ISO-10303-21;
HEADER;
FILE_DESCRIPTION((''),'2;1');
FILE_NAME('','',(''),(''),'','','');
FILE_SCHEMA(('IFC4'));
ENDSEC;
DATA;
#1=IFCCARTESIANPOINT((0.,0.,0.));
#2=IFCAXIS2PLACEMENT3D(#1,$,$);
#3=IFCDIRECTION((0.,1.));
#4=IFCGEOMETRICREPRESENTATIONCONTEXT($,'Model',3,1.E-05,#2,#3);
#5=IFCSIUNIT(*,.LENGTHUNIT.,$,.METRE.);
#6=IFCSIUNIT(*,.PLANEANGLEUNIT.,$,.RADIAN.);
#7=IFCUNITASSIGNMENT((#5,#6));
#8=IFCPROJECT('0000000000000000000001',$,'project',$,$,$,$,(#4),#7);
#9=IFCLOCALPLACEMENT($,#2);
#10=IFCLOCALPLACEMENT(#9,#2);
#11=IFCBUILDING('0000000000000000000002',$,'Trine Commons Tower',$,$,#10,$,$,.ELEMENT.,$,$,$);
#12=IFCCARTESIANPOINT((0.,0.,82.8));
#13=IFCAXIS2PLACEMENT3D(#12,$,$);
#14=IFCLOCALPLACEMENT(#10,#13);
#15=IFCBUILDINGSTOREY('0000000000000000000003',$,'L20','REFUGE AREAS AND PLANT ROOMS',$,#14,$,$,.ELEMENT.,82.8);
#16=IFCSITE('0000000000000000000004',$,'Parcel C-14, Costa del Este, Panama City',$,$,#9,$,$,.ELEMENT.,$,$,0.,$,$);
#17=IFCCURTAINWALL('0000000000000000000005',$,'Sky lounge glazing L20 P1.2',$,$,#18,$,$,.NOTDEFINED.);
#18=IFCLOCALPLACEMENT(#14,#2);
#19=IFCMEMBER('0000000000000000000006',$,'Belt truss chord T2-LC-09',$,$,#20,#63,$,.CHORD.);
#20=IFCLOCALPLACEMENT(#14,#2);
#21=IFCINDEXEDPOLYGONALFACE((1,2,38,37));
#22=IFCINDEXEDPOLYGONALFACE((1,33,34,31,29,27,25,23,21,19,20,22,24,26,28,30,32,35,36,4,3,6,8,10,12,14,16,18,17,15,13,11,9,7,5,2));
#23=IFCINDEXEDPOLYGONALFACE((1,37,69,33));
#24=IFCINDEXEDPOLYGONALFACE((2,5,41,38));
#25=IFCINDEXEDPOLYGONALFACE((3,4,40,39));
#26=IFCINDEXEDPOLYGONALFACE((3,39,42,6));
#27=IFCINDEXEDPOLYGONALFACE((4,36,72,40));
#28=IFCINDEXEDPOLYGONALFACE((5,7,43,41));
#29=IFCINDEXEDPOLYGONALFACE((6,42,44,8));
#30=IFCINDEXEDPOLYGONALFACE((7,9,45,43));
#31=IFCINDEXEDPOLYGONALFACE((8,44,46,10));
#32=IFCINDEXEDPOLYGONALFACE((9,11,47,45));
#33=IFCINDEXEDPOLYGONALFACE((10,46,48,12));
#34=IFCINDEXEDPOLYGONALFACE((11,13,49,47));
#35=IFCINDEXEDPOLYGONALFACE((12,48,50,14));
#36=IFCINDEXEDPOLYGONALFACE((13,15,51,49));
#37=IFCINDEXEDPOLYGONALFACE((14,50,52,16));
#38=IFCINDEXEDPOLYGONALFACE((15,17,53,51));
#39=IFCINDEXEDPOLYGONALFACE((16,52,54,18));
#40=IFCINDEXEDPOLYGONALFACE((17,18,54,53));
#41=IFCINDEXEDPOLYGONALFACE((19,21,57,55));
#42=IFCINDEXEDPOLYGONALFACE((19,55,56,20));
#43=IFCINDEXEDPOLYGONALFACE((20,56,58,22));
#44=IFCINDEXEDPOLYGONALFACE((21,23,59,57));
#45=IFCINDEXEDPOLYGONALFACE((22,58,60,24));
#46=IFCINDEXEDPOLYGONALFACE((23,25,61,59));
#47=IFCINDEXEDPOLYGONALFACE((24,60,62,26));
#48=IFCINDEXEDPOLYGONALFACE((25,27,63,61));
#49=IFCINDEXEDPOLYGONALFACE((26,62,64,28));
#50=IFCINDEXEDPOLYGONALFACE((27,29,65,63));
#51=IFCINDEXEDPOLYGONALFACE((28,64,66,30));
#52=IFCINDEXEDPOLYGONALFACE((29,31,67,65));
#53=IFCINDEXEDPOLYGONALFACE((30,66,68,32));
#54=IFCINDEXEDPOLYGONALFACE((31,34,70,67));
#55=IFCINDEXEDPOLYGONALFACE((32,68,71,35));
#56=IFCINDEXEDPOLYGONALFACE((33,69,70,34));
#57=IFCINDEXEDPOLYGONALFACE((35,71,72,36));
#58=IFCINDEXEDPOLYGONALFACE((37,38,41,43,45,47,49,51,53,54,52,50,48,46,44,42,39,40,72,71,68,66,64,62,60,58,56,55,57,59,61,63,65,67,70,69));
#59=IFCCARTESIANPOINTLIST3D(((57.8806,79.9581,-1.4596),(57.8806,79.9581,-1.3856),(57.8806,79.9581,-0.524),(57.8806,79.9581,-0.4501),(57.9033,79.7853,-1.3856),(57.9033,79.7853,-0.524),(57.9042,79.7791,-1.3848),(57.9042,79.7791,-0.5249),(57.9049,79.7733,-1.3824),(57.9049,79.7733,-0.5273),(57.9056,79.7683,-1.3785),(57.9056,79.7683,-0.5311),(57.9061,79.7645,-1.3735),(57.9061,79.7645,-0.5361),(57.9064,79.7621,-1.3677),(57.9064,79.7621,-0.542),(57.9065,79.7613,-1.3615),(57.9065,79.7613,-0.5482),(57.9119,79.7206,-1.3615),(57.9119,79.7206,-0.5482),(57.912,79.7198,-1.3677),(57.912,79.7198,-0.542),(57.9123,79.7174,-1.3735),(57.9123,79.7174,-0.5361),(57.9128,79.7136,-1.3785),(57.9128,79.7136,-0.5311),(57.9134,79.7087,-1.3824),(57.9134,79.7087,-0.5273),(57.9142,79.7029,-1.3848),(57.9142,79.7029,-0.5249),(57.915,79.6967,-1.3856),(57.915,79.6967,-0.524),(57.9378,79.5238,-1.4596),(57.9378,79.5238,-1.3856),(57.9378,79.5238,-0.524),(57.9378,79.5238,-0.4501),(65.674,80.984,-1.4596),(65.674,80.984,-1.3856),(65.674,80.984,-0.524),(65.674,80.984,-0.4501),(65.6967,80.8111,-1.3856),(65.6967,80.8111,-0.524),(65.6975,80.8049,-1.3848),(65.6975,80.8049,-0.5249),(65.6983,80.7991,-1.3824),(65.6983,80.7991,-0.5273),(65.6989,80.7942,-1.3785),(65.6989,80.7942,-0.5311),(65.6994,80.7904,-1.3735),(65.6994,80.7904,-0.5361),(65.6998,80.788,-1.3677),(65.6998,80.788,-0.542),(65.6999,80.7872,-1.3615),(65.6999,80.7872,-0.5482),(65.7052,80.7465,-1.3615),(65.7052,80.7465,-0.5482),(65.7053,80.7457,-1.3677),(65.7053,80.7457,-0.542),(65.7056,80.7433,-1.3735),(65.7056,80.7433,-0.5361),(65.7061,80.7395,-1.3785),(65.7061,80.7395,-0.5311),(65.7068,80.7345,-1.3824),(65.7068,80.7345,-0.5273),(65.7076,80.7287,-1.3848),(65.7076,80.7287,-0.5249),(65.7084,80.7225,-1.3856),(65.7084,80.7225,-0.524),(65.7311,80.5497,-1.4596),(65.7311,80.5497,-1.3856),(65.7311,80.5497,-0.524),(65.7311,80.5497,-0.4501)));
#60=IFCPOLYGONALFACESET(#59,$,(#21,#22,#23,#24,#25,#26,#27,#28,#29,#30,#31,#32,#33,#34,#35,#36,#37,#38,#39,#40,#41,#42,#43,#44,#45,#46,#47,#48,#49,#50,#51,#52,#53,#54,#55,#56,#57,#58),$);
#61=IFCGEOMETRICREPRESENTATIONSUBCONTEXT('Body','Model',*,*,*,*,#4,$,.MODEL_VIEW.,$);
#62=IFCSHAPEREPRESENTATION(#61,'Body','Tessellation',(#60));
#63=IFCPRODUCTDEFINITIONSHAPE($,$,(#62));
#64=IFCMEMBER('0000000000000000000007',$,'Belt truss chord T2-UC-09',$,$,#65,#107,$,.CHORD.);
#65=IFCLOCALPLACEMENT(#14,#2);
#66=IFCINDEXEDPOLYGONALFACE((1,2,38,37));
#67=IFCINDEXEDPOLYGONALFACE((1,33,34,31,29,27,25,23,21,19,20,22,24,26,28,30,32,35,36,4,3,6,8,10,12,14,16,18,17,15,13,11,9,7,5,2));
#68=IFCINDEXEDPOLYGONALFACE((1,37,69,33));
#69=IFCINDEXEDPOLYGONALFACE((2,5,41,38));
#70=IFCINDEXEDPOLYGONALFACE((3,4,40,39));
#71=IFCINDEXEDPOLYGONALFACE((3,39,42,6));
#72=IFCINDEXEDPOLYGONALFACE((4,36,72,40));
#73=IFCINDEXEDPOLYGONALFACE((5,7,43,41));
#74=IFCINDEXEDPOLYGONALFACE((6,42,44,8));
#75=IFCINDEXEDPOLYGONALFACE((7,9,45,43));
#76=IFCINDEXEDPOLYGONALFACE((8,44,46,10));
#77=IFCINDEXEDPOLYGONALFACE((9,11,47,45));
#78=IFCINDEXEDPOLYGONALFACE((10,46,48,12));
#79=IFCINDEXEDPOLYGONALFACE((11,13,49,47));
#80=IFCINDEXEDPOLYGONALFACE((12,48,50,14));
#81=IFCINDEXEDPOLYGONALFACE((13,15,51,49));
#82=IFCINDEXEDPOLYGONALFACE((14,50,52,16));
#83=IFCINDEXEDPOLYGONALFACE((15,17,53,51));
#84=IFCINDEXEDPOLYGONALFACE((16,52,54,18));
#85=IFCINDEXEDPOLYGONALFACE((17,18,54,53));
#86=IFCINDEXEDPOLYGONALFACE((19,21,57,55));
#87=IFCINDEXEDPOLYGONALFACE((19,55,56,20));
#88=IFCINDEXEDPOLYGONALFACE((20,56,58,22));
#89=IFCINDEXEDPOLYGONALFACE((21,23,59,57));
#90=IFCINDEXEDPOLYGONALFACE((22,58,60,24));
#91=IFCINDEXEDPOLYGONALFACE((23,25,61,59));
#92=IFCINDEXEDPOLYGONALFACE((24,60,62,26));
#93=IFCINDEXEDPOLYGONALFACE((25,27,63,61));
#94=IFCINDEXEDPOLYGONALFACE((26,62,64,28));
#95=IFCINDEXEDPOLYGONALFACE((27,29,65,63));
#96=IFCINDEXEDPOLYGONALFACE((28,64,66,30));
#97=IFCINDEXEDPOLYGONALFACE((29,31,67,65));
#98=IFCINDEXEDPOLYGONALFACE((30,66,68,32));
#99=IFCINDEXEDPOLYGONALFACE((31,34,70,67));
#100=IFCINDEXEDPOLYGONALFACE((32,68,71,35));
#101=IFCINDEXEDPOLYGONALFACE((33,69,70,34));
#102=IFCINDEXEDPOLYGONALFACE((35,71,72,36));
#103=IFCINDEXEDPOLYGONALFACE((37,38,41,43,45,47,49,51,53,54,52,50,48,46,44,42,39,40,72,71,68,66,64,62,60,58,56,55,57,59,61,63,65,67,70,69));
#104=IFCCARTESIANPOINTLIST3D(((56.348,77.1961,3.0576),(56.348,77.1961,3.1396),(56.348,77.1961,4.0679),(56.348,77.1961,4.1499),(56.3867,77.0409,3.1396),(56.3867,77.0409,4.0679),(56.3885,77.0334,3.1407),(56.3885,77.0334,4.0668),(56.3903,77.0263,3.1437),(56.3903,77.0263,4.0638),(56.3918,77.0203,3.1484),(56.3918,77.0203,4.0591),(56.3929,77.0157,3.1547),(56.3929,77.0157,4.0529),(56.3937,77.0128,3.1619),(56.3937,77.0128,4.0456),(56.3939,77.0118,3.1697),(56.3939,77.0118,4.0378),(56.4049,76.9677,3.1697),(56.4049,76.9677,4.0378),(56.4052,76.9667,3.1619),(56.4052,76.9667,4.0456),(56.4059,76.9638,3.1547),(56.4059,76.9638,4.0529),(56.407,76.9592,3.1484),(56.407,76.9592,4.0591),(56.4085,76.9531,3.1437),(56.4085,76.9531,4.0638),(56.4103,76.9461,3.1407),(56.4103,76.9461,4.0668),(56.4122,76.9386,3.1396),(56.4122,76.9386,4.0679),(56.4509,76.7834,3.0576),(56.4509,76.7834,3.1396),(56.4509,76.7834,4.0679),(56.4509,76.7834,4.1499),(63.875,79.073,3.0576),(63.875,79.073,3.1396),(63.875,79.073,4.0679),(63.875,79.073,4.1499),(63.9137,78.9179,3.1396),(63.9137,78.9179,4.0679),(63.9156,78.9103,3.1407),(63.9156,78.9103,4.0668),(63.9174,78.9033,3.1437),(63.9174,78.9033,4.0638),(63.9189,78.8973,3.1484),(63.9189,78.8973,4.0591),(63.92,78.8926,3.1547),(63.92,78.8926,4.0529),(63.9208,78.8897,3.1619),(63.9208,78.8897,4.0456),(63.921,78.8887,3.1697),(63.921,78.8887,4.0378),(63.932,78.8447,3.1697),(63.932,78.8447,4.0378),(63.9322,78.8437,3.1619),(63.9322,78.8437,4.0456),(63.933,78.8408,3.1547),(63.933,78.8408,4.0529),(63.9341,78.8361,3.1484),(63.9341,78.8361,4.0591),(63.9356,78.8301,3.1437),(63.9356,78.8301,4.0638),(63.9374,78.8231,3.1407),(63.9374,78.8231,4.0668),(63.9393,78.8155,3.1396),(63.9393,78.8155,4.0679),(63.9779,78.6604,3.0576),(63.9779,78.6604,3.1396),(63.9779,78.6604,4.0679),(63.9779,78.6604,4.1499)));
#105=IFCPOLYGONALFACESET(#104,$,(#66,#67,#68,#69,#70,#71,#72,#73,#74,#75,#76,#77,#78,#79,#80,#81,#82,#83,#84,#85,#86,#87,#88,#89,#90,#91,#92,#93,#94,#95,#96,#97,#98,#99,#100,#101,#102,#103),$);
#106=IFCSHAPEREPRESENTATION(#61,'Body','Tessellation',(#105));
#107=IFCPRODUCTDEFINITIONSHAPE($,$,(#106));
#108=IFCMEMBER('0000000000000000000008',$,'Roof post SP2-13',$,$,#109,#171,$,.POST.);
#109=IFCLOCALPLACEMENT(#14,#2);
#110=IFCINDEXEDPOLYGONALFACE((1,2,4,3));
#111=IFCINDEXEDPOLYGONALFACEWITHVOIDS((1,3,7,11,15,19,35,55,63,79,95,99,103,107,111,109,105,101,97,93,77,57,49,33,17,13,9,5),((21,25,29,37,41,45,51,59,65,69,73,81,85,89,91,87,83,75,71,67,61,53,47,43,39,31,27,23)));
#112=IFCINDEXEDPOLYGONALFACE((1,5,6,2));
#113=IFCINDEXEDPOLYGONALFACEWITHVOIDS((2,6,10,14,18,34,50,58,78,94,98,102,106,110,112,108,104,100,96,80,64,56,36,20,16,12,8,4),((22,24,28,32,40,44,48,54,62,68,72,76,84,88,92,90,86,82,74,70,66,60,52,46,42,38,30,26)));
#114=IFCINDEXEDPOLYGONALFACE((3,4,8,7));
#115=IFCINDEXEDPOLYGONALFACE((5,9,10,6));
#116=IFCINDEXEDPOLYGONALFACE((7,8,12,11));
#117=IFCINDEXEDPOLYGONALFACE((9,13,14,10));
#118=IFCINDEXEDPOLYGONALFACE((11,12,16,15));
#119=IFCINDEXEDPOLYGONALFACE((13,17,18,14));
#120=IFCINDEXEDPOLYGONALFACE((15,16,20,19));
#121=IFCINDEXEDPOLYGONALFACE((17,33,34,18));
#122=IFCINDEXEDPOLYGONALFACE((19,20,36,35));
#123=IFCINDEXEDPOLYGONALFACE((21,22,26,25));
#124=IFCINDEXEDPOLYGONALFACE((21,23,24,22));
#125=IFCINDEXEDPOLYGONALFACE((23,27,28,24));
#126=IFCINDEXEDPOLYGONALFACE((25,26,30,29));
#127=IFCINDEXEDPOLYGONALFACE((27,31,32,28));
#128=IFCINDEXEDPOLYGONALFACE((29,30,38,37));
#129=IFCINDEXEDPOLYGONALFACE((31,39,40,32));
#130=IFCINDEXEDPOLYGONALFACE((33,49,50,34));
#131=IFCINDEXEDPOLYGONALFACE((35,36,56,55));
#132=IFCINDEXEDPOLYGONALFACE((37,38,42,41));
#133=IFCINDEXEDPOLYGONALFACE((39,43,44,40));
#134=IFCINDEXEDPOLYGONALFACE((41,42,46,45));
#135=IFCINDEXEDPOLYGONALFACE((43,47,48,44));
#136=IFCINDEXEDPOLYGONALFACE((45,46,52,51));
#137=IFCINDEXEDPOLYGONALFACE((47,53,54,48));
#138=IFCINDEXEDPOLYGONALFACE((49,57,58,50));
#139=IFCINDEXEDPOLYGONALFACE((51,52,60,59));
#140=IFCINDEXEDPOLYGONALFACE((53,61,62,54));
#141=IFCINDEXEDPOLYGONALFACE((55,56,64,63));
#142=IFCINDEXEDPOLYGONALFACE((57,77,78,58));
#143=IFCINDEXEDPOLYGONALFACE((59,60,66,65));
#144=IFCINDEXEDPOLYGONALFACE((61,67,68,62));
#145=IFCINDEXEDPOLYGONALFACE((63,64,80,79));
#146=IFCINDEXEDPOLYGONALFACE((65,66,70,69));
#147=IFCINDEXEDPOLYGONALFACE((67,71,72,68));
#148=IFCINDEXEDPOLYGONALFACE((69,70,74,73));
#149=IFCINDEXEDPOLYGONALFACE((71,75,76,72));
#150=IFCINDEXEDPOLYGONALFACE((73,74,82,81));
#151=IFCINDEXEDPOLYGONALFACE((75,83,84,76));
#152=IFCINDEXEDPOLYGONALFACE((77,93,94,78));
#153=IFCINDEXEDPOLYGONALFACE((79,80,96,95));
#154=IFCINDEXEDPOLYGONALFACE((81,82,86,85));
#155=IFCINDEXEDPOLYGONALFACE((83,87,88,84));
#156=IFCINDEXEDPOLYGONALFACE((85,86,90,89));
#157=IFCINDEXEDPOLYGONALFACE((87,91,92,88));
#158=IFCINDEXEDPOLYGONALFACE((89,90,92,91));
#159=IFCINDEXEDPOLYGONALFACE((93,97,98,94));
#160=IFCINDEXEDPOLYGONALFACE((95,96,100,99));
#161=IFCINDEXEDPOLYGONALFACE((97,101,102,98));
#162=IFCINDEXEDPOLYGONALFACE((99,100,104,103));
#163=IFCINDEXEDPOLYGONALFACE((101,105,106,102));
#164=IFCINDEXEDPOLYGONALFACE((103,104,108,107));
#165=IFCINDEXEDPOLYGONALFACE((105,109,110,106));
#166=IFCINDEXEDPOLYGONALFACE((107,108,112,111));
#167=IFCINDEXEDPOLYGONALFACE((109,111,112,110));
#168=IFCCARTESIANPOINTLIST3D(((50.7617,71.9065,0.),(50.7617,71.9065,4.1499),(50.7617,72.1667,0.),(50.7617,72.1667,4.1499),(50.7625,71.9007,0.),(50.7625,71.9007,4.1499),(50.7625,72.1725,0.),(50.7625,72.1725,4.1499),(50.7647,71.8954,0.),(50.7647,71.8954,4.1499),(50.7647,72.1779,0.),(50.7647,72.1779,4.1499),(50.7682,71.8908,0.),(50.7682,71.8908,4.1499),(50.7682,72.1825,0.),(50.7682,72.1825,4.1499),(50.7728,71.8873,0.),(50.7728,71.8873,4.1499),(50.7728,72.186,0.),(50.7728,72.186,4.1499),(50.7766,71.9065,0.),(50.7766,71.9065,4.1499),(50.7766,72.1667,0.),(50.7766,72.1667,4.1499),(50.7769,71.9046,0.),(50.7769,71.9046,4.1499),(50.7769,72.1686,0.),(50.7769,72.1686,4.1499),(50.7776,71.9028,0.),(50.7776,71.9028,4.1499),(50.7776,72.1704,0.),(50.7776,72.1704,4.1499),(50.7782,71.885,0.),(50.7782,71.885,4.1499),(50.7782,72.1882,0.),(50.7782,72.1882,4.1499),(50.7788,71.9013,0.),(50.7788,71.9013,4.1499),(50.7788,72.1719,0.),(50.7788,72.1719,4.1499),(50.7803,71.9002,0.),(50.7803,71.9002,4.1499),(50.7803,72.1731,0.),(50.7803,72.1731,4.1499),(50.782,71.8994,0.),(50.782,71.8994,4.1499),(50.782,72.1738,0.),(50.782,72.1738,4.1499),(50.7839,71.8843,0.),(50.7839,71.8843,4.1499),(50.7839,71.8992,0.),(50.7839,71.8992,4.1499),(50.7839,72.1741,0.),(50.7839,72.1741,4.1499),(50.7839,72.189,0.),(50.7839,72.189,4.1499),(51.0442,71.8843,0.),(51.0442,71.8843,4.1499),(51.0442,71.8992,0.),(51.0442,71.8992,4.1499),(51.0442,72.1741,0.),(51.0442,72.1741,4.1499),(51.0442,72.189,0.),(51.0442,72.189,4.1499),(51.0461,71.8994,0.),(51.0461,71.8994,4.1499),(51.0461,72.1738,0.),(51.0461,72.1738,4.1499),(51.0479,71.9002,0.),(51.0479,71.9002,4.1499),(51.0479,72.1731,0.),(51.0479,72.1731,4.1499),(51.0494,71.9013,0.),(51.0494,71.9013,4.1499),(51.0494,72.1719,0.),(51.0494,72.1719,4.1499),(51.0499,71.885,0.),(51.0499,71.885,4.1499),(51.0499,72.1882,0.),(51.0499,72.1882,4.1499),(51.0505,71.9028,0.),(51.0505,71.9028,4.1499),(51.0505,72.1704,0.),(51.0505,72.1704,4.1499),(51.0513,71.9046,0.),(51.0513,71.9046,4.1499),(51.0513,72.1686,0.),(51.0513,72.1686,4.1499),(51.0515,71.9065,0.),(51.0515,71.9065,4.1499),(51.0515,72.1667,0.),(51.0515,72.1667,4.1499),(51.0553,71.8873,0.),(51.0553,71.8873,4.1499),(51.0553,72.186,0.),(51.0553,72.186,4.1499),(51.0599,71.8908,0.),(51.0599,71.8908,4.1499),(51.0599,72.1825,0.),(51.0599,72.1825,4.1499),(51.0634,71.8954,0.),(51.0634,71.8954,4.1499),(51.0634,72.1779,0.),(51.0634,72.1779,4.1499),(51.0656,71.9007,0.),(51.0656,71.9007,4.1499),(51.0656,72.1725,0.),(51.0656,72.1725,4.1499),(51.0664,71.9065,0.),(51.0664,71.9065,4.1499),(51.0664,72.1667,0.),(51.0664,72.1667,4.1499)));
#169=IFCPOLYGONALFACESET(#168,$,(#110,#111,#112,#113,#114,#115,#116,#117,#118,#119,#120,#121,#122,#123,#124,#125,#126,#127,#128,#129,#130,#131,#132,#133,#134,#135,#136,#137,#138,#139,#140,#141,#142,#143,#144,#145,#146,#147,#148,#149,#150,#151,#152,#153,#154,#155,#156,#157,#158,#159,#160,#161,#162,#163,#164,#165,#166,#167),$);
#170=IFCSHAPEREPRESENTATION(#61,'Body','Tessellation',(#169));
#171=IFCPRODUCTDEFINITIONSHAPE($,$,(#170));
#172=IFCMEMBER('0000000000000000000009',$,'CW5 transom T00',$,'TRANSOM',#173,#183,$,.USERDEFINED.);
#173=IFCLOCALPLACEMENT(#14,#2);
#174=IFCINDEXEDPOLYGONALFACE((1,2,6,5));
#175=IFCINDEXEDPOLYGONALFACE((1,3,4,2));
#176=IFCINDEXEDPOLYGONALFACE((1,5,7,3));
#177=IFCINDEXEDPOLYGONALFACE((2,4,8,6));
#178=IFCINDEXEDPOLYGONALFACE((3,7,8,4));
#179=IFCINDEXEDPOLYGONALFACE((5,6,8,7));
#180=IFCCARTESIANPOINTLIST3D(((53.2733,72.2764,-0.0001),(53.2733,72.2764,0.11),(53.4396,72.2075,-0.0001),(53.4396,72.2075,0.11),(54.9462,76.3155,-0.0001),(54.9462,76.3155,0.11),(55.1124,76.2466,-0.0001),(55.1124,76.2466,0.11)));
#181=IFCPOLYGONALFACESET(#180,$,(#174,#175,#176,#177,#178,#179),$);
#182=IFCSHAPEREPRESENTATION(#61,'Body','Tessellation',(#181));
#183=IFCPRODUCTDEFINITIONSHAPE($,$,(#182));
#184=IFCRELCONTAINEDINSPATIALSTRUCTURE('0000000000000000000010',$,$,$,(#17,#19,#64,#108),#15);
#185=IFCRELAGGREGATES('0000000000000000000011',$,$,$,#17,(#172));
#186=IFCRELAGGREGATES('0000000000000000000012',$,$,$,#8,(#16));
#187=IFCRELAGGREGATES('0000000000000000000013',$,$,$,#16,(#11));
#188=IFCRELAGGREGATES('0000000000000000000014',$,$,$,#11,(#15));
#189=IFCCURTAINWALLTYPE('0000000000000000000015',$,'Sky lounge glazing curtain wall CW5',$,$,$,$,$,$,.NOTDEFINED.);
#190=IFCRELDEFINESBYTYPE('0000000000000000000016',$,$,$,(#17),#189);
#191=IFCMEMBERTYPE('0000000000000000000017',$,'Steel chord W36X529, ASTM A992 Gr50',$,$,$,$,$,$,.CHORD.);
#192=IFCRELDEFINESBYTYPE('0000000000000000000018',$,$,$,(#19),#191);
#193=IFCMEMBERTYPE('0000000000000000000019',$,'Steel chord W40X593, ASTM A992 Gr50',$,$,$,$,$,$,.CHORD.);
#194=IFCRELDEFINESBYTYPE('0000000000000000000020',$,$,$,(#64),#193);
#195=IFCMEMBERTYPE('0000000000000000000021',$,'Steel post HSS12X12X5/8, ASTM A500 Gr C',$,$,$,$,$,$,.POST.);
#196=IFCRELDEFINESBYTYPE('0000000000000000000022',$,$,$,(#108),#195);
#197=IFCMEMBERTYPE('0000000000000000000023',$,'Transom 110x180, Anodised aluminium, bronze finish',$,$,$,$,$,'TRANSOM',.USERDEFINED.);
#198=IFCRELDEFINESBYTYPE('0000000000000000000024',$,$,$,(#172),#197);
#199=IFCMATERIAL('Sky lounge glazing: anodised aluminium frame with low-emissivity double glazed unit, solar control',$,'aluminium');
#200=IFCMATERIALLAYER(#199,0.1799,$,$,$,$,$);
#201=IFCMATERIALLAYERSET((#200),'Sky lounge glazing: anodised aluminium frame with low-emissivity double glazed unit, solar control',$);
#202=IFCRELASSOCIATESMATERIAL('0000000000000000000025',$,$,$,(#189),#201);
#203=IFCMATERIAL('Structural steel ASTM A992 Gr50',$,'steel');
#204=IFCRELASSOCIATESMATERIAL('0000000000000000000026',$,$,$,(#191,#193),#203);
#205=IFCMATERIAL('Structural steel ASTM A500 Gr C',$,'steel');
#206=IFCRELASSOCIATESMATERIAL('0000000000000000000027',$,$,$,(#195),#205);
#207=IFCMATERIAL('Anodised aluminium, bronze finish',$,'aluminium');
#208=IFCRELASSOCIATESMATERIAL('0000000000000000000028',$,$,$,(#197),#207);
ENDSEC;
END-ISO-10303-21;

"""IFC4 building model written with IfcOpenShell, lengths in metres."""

from ifc_helpers import new_model, si_unit, direction, frame, origin, origin_2d, place, context, subcontext, project, spatial, rectangle, hollow_rectangle, i_section, extrude, material, layer, layer_set, material_profile, profile_set, type_object, element, aggregate, save


model = new_model("IFC4")

# Units and contexts
model_context = context("Model", 3, precision=1e-05, world=origin(), true_north=direction((0.0, 1.0)))
body_context = subcontext(model_context, "Body", "Model", "MODEL_VIEW")
ifc_project = project(units=[si_unit("LENGTHUNIT", "METRE"), si_unit("PLANEANGLEUNIT", "RADIAN")], contexts=[model_context])

# Site, building, storey
site_placement = place(None, origin())
site = spatial("IfcSite", under=ifc_project, at=site_placement, Name="Parcel C-14, Costa del Este, Panama City", CompositionType="ELEMENT", RefElevation=0.0)
building_placement = place(site_placement, origin())
building = spatial("IfcBuilding", under=site, at=building_placement, Name="Trine Commons Tower", CompositionType="ELEMENT")
storey_placement = place(building_placement, frame((0.0, 0.0, 82.8)))
storey = spatial("IfcBuildingStorey", under=building, at=storey_placement, Name="L20", Description="REFUGE AREAS AND PLANT ROOMS", CompositionType="ELEMENT", Elevation=82.8)

# Curtain wall
ifc_material_1 = material(Name="Sky lounge glazing: anodised aluminium frame with low-emissivity double glazed unit, solar control", Category="aluminium")
ifc_layer_1 = layer(ifc_material_1, 0.1799)
ifc_layer_set_1 = layer_set([ifc_layer_1], Name="Sky lounge glazing: anodised aluminium frame with low-emissivity double glazed unit, solar control")
curtain_wall_type = type_object("IfcCurtainWallType", Name="Sky lounge glazing curtain wall CW5", PredefinedType="NOTDEFINED", material=ifc_layer_set_1)
curtain_wall_placement = place(storey_placement, origin())
curtain_wall = element("IfcCurtainWall", 1, at=curtain_wall_placement, inside=storey, type_object=curtain_wall_type, Name="Sky lounge glazing L20 P1.2", PredefinedType="NOTDEFINED")
ifc_material_2 = material(Name="Anodised aluminium, bronze finish", Category="aluminium")

# Members
ifc_material_3 = material(Name="Structural steel ASTM A992 Gr50", Category="steel")
ifc_material_profile_1 = material_profile(ifc_material_3, i_section(OverallWidth=0.438, OverallDepth=1.0095, WebThickness=0.041, FlangeThickness=0.074, FilletRadius=0.0242, at=origin_2d()), Name="W36X529")
ifc_profile_set_1 = profile_set([ifc_material_profile_1], Name="Structural steel ASTM A992 Gr50")
member_type_1 = type_object("IfcMemberType", Name="Steel chord W36X529, ASTM A992 Gr50", PredefinedType="CHORD", material=ifc_profile_set_1)
member_1_placement = place(storey_placement, frame((57.9092, 79.741, -0.9548), z_axis=(0.991447, 0.130508, 0.0), x_axis=(-0.130508, 0.991447, 0.0)))
element("IfcMember", 2, at=member_1_placement, inside=storey, type_object=member_type_1, Name="Belt truss chord T2-LC-09", PredefinedType="CHORD", context=body_context, shape_type="SweptSolid", body=[
    extrude(i_section(OverallWidth=0.438, OverallDepth=1.0095, WebThickness=0.041, FlangeThickness=0.074, FilletRadius=0.0242, at=origin_2d()), origin(), (0.0, 0.0, 1.0), 7.8606),
])
ifc_material_profile_2 = material_profile(ifc_material_3, i_section(OverallWidth=0.4253, OverallDepth=1.0923, WebThickness=0.0454, FlangeThickness=0.082, FilletRadius=0.03, at=origin_2d()), Name="W40X593")
ifc_profile_set_2 = profile_set([ifc_material_profile_2], Name="Structural steel ASTM A992 Gr50")
member_type_2 = type_object("IfcMemberType", Name="Steel chord W40X593, ASTM A992 Gr50", PredefinedType="CHORD", material=ifc_profile_set_2)
member_2_placement = place(storey_placement, frame((56.3994, 76.9897, 3.6038), z_axis=(0.970289, 0.241951, 0.0), x_axis=(-0.241951, 0.970289, 0.0)))
element("IfcMember", 3, at=member_2_placement, inside=storey, type_object=member_type_2, Name="Belt truss chord T2-UC-09", PredefinedType="CHORD", context=body_context, shape_type="SweptSolid", body=[
    extrude(i_section(OverallWidth=0.4253, OverallDepth=1.0923, WebThickness=0.0454, FlangeThickness=0.082, FilletRadius=0.03, at=origin_2d()), origin(), (0.0, 0.0, 1.0), 7.7576),
])
ifc_material_4 = material(Name="Structural steel ASTM A500 Gr C", Category="steel")
ifc_material_profile_3 = material_profile(ifc_material_4, hollow_rectangle(XDim=0.3047, YDim=0.3047, WallThickness=0.0149, InnerFilletRadius=0.0073, OuterFilletRadius=0.0222, at=origin_2d()), Name="HSS12X12X5/8")
ifc_profile_set_3 = profile_set([ifc_material_profile_3], Name="Structural steel ASTM A500 Gr C")
member_type_3 = type_object("IfcMemberType", Name="Steel post HSS12X12X5/8, ASTM A500 Gr C", PredefinedType="POST", material=ifc_profile_set_3)
member_3_placement = place(storey_placement, frame((50.9141, 72.0366, 0.0), z_axis=(0.0, 0.0, 1.0), x_axis=(1.0, 0.0, 0.0)))
element("IfcMember", 4, at=member_3_placement, inside=storey, type_object=member_type_3, Name="Roof post SP2-13", PredefinedType="POST", context=body_context, shape_type="SweptSolid", body=[
    extrude(hollow_rectangle(XDim=0.3047, YDim=0.3047, WallThickness=0.0149, InnerFilletRadius=0.0073, OuterFilletRadius=0.0222, at=origin_2d()), origin(), (0.0, 0.0, 1.0), 4.1499),
])

# Member
ifc_material_profile_4 = material_profile(ifc_material_2, rectangle(XDim=0.1799, YDim=0.1101, at=origin_2d()), Name="Transom 110x180")
ifc_profile_set_4 = profile_set([ifc_material_profile_4], Name="Anodised aluminium, bronze finish")
member_type_4 = type_object("IfcMemberType", Name="Transom 110x180, Anodised aluminium, bronze finish", ElementType="TRANSOM", PredefinedType="USERDEFINED", material=ifc_profile_set_4)
member_4_placement = place(storey_placement, frame((53.3564, 72.2419, 0.0549), z_axis=(0.382648, 0.923894, 0.0), x_axis=(-0.923894, 0.382648, 0.0)))
member_4 = element("IfcMember", 5, at=member_4_placement, type_object=member_type_4, Name="CW5 transom T00", ObjectType="TRANSOM", PredefinedType="USERDEFINED", context=body_context, shape_type="SweptSolid", body=[
    extrude(rectangle(XDim=0.1799, YDim=0.1101, at=origin_2d()), origin(), (0.0, 0.0, 1.0), 4.3718),
])

aggregate(curtain_wall, [member_4])

save(model, "model.ifc")
